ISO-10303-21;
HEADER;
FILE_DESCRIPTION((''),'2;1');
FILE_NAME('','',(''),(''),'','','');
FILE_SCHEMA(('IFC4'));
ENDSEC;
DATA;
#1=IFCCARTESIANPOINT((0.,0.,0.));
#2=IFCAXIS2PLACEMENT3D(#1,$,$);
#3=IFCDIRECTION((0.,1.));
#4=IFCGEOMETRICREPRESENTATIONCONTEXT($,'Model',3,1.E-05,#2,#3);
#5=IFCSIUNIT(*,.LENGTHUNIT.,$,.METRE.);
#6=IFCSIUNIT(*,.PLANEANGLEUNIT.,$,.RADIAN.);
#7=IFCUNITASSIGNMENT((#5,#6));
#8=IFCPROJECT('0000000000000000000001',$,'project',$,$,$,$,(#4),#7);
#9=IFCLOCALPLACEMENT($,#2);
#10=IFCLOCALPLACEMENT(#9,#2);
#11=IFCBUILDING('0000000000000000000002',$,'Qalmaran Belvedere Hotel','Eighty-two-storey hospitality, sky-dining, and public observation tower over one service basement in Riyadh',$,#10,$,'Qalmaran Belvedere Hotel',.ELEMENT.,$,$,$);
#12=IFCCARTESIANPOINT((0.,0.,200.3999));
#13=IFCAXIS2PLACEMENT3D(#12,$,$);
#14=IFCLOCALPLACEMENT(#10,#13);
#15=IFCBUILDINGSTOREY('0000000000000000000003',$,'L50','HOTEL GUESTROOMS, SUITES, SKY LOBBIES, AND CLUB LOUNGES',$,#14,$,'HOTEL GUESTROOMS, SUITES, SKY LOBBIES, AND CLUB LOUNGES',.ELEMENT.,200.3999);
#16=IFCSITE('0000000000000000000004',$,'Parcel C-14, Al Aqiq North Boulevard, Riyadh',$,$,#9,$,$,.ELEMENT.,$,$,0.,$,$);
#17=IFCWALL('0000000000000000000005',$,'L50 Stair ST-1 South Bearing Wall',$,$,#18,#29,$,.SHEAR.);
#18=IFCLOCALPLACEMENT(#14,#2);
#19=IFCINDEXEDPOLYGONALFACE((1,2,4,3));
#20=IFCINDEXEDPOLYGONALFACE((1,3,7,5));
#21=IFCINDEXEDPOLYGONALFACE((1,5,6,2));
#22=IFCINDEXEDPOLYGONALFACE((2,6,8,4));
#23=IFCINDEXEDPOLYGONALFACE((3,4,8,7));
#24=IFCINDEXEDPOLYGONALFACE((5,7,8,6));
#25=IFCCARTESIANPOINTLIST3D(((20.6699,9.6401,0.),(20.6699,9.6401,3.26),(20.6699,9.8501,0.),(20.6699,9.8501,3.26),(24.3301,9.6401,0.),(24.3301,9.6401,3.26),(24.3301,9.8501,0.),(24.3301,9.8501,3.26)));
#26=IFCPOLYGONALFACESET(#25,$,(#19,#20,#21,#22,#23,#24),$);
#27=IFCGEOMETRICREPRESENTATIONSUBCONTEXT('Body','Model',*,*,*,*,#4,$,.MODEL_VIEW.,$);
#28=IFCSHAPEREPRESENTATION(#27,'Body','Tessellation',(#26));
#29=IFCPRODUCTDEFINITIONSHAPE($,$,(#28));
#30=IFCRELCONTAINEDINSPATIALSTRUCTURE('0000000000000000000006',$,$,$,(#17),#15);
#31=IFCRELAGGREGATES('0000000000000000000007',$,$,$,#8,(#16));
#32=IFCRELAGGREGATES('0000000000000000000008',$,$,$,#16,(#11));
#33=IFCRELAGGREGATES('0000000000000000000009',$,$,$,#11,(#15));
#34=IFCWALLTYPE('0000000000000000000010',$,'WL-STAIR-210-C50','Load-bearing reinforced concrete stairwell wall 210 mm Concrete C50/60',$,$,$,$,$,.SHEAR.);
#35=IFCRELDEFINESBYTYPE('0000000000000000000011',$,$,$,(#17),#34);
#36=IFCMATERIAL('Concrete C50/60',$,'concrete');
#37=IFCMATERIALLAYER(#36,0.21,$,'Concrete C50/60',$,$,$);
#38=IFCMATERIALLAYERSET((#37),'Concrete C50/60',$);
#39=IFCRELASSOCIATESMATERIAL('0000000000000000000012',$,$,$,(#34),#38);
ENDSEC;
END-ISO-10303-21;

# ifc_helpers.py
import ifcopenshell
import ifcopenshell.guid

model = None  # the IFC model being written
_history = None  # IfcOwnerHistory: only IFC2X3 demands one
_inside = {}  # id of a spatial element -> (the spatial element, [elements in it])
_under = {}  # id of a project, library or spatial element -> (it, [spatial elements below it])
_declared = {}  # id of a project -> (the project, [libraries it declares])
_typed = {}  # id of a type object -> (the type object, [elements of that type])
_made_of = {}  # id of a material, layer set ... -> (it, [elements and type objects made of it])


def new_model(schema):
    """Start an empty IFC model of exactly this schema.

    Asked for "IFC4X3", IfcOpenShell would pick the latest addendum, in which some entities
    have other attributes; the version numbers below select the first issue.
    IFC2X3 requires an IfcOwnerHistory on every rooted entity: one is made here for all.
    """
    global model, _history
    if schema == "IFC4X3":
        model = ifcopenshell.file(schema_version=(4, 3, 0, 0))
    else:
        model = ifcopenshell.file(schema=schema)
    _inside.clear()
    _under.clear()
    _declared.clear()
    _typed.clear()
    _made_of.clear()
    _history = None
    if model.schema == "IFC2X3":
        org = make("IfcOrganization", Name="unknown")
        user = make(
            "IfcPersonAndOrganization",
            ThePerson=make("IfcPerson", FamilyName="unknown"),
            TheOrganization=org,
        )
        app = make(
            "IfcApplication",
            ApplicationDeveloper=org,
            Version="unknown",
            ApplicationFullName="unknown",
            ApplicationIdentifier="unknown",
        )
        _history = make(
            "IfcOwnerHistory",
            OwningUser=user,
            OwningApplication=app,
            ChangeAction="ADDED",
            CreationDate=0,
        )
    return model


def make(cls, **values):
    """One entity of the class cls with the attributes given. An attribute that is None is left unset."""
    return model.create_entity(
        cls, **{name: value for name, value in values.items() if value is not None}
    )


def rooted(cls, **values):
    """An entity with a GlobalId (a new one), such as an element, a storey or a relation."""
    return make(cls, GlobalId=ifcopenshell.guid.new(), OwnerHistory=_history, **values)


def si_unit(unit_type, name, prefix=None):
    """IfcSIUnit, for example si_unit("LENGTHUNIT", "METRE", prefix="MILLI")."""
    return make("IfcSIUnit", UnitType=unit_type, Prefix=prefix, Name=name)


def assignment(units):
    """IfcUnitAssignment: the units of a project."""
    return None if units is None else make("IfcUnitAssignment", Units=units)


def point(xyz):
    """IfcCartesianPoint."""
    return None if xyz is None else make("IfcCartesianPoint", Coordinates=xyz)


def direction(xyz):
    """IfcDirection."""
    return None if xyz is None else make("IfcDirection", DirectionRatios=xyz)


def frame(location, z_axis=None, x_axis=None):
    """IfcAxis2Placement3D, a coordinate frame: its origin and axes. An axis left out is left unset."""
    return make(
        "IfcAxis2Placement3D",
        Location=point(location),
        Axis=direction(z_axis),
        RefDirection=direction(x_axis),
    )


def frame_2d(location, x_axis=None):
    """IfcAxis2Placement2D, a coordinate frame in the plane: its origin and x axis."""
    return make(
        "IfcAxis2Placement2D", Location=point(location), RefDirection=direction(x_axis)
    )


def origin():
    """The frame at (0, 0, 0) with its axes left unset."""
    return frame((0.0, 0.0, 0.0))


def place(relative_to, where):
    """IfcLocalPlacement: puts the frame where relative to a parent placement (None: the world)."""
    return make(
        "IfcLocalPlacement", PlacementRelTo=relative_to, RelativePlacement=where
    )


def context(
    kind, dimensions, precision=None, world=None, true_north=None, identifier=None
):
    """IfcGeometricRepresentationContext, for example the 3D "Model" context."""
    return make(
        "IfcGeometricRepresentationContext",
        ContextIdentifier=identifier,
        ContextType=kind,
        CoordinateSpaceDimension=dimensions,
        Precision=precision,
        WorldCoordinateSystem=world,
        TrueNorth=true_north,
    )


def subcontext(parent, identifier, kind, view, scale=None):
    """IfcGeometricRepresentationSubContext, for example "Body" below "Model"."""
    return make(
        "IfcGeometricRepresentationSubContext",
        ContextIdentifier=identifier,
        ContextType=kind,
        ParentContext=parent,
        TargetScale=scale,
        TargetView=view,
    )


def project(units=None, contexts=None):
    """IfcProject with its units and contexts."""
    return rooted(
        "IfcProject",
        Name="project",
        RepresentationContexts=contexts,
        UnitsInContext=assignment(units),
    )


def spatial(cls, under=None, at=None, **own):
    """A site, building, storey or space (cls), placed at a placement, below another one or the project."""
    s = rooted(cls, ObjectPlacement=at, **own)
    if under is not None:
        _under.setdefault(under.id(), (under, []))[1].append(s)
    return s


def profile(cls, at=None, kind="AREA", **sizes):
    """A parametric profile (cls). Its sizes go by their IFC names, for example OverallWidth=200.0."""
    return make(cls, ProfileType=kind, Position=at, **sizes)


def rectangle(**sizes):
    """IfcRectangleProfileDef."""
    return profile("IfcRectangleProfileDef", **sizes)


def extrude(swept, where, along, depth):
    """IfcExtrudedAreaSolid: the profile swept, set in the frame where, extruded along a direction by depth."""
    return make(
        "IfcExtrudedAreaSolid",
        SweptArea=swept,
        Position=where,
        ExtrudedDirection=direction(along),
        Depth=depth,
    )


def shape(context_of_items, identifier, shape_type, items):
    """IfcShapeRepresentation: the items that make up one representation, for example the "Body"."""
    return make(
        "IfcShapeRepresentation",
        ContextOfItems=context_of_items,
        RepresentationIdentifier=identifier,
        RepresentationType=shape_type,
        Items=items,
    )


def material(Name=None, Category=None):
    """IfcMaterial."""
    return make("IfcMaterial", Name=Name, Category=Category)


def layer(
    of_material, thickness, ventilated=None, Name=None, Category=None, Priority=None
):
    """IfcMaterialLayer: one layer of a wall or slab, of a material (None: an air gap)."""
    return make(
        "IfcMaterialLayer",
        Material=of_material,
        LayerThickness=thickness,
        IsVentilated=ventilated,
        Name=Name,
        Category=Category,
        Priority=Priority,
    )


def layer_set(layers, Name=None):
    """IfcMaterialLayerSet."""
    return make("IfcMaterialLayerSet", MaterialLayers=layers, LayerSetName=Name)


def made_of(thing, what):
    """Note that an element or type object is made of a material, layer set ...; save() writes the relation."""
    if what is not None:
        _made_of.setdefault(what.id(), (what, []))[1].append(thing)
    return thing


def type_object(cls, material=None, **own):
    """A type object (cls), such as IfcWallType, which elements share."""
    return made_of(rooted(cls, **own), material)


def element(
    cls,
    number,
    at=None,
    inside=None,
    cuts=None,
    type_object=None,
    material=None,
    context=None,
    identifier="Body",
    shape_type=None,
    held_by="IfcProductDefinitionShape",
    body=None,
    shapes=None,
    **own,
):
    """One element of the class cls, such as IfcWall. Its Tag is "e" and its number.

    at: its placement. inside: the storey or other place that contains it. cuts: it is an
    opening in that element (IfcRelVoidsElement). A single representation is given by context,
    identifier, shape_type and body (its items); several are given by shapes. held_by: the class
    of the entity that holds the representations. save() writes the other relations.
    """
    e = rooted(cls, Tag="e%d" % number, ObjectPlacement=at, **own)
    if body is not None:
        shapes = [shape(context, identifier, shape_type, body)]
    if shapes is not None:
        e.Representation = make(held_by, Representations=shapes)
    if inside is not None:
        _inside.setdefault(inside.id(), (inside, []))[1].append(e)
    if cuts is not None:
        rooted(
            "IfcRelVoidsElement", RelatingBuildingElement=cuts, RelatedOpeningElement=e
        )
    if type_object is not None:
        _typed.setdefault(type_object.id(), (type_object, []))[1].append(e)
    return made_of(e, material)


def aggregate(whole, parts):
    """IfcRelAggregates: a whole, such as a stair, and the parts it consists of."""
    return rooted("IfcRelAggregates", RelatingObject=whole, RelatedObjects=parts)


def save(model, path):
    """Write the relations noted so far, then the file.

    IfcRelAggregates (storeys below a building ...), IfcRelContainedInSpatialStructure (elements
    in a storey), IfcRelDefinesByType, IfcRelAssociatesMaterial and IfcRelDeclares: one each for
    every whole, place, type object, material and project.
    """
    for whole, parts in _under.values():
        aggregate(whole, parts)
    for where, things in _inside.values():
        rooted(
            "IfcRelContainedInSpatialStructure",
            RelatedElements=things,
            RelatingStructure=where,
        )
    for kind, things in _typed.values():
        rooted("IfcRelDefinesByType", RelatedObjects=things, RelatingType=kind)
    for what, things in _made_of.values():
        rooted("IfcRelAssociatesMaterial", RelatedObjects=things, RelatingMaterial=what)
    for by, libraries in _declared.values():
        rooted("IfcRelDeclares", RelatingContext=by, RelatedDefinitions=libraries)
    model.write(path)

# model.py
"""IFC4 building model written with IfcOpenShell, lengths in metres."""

from ifc_helpers import new_model, si_unit, direction, frame, frame_2d, origin, place, context, subcontext, project, spatial, rectangle, extrude, material, layer, layer_set, type_object, element, save


model = new_model("IFC4")

# Units and contexts
model_context = context("Model", 3, precision=1e-05, world=origin(), true_north=direction((0.0, 1.0)))
body_context = subcontext(model_context, "Body", "Model", "MODEL_VIEW")
ifc_project = project(units=[si_unit("LENGTHUNIT", "METRE"), si_unit("PLANEANGLEUNIT", "RADIAN")], contexts=[model_context])

# Site, building, storey
site_placement = place(None, origin())
site = spatial("IfcSite", under=ifc_project, at=site_placement, Name="Parcel C-14, Al Aqiq North Boulevard, Riyadh", CompositionType="ELEMENT", RefElevation=0.0)
building_placement = place(site_placement, origin())
building = spatial("IfcBuilding", under=site, at=building_placement, Name="Qalmaran Belvedere Hotel", Description="Eighty-two-storey hospitality, sky-dining, and public observation tower over one service basement in Riyadh", LongName="Qalmaran Belvedere Hotel", CompositionType="ELEMENT")
storey_placement = place(building_placement, frame((0.0, 0.0, 200.3999)))
storey = spatial("IfcBuildingStorey", under=building, at=storey_placement, Name="L50", Description="HOTEL GUESTROOMS, SUITES, SKY LOBBIES, AND CLUB LOUNGES", LongName="HOTEL GUESTROOMS, SUITES, SKY LOBBIES, AND CLUB LOUNGES", CompositionType="ELEMENT", Elevation=200.3999)

# Shared definitions
ifc_material_1 = material(Name="Concrete C50/60", Category="concrete")

# Wall
ifc_layer_1 = layer(ifc_material_1, 0.21, Name="Concrete C50/60")
ifc_layer_set_1 = layer_set([ifc_layer_1], Name="Concrete C50/60")
wall_type_1 = type_object("IfcWallType", Name="WL-STAIR-210-C50", Description="Load-bearing reinforced concrete stairwell wall 210 mm Concrete C50/60", PredefinedType="SHEAR", material=ifc_layer_set_1)
wall_1_placement = place(storey_placement, frame((20.6699, 9.7451, 0.0), z_axis=(0.0, 0.0, 1.0), x_axis=(1.0, 0.0, 0.0)))
element("IfcWall", 1, at=wall_1_placement, inside=storey, type_object=wall_type_1, Name="L50 Stair ST-1 South Bearing Wall", PredefinedType="SHEAR", context=body_context, shape_type="SweptSolid", body=[
    extrude(rectangle(XDim=3.6602, YDim=0.21, at=frame_2d((1.8301, 0.0))), origin(), (0.0, 0.0, 1.0), 3.26),
])

save(model, "model.ifc")
